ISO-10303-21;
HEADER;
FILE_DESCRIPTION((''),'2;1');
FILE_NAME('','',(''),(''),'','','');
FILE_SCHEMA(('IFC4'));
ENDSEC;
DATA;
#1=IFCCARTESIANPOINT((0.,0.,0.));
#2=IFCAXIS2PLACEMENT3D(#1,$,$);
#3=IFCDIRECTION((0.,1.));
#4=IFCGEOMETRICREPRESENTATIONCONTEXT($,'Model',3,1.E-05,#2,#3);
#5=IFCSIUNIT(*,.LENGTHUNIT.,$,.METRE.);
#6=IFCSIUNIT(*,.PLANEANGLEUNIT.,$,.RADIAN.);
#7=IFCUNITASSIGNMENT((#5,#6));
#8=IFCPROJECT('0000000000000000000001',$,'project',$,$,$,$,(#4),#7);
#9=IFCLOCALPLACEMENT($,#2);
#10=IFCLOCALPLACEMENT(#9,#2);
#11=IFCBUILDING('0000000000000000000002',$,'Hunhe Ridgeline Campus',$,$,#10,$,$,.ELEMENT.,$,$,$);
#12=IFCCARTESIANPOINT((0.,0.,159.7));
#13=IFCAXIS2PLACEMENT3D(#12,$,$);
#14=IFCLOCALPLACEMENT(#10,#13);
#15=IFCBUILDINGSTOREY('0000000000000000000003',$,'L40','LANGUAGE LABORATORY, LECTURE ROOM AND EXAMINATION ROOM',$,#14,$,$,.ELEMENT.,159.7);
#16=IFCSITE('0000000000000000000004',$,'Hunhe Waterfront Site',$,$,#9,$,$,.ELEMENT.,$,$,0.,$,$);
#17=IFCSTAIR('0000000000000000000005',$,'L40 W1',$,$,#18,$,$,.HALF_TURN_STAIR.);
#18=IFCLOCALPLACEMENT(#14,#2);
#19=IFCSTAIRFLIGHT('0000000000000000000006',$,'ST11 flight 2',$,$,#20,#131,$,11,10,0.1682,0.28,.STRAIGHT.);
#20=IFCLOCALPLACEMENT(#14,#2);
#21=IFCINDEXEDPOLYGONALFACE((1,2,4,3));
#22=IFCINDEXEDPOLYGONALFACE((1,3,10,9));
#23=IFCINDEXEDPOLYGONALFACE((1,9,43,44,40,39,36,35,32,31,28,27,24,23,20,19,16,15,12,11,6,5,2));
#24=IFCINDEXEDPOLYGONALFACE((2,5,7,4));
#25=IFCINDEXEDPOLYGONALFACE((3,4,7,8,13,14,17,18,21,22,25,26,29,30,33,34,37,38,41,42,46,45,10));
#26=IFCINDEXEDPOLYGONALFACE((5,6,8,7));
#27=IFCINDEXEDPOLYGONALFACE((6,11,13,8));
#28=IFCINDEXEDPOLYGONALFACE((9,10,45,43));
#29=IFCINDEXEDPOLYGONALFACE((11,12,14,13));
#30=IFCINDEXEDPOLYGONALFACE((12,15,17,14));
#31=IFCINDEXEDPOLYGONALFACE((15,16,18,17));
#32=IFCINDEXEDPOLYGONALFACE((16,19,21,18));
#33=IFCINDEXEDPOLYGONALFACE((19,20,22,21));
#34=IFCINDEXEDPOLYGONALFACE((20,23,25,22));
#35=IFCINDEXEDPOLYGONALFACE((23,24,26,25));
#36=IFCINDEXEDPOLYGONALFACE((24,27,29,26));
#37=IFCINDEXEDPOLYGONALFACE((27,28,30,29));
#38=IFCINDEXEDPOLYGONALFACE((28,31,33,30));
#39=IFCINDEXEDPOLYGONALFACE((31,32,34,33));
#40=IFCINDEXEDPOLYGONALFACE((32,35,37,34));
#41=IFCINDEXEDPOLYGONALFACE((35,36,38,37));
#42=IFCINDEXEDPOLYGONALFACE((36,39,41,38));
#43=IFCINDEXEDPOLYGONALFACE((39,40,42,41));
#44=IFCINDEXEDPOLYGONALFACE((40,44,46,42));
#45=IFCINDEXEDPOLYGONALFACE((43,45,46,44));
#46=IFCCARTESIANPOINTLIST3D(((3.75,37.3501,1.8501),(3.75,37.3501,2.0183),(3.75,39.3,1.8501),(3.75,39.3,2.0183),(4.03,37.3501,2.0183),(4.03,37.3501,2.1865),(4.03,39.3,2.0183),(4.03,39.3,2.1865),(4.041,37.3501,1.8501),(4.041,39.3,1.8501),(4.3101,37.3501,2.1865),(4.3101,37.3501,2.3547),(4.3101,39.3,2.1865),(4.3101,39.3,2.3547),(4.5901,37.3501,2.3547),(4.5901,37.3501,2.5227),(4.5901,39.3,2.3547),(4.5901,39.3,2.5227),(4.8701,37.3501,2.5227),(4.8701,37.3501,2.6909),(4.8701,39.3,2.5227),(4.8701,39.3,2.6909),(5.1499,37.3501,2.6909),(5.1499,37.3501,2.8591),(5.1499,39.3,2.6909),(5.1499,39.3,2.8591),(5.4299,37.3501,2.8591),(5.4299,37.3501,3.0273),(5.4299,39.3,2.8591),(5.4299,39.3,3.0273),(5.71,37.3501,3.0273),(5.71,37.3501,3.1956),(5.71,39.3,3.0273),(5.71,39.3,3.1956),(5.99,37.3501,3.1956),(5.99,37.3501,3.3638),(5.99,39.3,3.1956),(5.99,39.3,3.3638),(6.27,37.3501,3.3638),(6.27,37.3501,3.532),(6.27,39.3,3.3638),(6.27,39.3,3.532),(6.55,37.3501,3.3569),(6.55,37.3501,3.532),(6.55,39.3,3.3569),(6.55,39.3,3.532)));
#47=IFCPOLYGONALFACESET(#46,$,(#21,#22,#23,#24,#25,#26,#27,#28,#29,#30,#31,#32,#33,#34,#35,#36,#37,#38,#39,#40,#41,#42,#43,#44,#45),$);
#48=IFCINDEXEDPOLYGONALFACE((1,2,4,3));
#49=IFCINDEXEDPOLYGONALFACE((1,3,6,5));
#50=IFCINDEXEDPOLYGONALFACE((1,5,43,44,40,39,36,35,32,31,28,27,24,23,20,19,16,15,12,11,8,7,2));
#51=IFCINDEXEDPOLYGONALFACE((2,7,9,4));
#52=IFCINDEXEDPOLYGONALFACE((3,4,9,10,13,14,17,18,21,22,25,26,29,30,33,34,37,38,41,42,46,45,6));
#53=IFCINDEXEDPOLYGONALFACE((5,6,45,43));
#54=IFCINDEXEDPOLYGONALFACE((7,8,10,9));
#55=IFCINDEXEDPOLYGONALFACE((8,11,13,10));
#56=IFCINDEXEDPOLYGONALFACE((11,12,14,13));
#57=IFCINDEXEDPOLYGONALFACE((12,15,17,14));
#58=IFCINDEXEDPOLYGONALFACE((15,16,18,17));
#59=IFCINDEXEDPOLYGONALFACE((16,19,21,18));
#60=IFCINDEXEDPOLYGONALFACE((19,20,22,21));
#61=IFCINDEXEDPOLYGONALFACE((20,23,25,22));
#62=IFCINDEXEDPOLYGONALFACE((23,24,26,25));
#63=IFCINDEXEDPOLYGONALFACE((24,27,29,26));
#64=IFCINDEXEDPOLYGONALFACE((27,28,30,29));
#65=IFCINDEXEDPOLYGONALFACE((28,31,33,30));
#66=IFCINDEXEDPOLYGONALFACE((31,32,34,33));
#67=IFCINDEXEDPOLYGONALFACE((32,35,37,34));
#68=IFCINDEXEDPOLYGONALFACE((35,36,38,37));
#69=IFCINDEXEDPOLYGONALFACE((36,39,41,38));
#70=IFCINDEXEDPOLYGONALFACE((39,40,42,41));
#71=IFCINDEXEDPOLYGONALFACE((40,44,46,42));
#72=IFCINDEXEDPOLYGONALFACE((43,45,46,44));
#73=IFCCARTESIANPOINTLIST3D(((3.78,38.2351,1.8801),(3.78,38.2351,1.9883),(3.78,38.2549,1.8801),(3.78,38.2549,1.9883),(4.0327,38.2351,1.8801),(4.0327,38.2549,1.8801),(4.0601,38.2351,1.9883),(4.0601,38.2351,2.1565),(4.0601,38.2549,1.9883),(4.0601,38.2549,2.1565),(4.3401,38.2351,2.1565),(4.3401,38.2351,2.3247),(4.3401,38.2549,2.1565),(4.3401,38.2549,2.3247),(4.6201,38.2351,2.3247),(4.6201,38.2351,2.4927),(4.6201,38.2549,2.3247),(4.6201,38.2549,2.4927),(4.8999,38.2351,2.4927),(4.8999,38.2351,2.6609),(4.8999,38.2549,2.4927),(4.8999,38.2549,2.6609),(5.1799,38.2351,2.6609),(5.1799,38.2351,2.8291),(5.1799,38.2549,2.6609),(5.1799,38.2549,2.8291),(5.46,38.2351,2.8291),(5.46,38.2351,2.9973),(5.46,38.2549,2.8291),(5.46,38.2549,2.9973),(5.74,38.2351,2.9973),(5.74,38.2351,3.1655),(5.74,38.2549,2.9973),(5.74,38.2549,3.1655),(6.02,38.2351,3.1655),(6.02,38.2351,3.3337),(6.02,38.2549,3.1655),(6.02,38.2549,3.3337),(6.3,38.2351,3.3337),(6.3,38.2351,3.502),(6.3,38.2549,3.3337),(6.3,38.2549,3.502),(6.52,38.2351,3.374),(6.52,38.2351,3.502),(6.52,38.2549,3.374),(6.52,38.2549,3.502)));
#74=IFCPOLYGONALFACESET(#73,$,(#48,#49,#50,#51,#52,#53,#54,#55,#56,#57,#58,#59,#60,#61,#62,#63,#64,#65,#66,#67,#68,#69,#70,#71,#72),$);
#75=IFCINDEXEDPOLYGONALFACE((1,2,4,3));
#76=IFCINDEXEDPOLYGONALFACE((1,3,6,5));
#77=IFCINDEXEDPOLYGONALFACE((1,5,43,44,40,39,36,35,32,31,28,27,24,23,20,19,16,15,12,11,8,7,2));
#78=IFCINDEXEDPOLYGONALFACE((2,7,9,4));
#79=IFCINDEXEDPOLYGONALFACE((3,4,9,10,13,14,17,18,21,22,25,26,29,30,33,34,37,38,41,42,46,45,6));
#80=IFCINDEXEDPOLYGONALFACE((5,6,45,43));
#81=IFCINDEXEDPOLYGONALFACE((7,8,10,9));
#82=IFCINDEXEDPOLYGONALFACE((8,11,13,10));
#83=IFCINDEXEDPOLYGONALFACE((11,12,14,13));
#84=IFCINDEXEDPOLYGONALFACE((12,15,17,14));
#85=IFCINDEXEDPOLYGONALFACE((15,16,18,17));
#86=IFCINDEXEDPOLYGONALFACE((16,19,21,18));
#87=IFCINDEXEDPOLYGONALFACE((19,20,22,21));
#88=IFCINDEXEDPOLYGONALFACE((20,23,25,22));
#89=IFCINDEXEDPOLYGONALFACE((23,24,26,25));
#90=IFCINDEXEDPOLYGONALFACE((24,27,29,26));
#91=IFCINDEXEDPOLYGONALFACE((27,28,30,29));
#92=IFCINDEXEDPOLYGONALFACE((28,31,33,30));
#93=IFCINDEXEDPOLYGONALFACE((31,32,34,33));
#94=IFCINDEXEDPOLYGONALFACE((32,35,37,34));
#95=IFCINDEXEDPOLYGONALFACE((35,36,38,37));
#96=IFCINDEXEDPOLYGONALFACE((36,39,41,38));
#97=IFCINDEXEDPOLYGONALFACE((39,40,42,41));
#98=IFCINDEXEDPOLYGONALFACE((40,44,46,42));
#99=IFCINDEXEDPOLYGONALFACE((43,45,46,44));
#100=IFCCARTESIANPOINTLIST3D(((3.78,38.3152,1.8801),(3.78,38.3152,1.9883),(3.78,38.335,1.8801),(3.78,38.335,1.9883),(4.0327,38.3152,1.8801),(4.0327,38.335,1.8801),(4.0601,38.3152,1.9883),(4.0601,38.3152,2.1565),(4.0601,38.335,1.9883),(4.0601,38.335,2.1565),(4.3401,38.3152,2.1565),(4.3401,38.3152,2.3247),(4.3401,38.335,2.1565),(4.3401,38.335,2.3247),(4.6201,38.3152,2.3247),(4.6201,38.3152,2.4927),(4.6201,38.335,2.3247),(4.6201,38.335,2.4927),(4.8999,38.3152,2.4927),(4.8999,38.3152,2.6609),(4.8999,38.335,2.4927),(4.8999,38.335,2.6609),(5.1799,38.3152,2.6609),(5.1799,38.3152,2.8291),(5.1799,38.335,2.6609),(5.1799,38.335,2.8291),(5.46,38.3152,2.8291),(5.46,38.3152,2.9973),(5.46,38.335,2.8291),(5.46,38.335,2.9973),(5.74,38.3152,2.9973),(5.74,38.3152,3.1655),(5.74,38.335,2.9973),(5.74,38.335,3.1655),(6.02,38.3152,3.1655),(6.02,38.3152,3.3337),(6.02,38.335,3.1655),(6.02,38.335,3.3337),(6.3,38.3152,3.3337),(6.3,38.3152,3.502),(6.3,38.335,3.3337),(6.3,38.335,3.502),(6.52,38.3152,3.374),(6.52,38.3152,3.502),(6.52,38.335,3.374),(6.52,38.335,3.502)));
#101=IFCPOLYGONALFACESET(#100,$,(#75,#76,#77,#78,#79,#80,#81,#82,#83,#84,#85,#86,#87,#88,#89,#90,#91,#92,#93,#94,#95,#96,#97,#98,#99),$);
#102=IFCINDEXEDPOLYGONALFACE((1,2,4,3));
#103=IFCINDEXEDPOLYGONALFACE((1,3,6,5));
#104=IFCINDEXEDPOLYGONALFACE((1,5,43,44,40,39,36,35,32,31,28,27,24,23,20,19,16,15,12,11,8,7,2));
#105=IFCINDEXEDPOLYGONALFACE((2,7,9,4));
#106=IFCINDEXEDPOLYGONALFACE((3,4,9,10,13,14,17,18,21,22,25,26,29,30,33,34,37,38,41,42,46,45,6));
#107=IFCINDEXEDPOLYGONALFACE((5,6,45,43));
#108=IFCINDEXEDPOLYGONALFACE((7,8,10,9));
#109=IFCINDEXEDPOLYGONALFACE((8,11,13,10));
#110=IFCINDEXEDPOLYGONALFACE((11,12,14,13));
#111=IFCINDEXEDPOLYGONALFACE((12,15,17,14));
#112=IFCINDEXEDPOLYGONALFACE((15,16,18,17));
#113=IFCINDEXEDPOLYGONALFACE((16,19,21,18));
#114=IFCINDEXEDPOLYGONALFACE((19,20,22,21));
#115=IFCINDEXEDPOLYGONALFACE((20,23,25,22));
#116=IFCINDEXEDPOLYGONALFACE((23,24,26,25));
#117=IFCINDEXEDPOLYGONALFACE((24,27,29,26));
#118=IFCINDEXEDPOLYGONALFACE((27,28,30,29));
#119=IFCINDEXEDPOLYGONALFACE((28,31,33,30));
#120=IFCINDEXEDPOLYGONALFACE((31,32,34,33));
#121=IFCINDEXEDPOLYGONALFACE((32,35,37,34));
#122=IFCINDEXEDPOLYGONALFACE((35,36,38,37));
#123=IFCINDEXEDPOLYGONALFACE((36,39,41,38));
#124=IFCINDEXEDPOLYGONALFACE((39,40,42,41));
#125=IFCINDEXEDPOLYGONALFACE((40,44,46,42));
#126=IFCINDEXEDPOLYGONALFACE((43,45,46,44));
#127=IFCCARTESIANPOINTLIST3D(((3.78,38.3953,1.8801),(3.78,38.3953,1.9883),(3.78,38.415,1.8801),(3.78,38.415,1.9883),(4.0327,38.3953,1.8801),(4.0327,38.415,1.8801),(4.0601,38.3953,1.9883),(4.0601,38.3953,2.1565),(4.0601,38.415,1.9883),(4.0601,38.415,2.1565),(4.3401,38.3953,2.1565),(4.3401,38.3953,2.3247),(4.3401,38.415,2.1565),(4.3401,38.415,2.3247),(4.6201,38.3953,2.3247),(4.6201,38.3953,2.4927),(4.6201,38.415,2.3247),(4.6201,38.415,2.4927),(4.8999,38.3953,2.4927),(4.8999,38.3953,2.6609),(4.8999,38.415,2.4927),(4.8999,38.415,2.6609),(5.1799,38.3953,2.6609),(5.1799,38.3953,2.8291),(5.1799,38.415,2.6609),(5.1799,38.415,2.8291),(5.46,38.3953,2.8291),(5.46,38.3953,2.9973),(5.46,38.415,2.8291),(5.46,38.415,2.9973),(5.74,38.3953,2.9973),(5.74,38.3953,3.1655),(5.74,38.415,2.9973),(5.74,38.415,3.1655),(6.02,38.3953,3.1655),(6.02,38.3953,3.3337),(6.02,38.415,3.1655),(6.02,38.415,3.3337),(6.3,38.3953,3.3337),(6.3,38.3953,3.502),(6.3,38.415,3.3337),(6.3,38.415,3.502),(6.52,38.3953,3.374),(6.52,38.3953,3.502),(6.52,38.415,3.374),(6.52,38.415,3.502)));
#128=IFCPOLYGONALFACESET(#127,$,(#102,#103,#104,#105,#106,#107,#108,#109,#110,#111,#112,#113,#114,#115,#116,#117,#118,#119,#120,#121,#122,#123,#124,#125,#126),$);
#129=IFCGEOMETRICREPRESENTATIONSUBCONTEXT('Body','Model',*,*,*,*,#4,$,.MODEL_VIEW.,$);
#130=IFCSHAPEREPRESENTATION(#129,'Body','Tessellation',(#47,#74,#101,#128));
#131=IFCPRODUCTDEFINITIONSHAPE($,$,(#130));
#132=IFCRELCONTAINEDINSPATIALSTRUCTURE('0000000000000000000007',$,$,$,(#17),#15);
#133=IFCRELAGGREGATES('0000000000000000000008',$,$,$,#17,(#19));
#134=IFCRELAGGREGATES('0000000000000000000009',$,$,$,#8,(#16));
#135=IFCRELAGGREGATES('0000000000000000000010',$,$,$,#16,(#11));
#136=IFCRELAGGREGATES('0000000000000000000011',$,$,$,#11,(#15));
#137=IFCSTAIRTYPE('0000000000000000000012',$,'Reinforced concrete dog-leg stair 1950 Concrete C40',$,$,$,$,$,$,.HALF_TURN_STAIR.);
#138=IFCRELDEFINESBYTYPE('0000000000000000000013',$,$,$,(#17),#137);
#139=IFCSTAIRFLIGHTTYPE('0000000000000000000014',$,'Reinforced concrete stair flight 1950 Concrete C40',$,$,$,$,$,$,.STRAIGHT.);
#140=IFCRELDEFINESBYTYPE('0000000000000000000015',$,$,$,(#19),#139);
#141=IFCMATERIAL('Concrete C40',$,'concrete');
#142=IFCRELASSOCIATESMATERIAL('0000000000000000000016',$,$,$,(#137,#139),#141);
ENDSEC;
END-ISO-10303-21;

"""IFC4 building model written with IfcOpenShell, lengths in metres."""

from ifc_helpers import new_model, si_unit, direction, frame, origin, place, context, subcontext, project, spatial, polyline, outline, extrude, material, type_object, element, aggregate, save


model = new_model("IFC4")

# Units and contexts
model_context = context("Model", 3, precision=1e-05, world=origin(), true_north=direction((0.0, 1.0)))
body_context = subcontext(model_context, "Body", "Model", "MODEL_VIEW")
ifc_project = project(units=[si_unit("LENGTHUNIT", "METRE"), si_unit("PLANEANGLEUNIT", "RADIAN")], contexts=[model_context])

# Site, building, storey
site_placement = place(None, origin())
site = spatial("IfcSite", under=ifc_project, at=site_placement, Name="Hunhe Waterfront Site", CompositionType="ELEMENT", RefElevation=0.0)
building_placement = place(site_placement, origin())
building = spatial("IfcBuilding", under=site, at=building_placement, Name="Hunhe Ridgeline Campus", CompositionType="ELEMENT")
storey_placement = place(building_placement, frame((0.0, 0.0, 159.7)))
storey = spatial("IfcBuildingStorey", under=building, at=storey_placement, Name="L40", Description="LANGUAGE LABORATORY, LECTURE ROOM AND EXAMINATION ROOM", CompositionType="ELEMENT", Elevation=159.7)

# Stair, stair flight
ifc_material_1 = material(Name="Concrete C40", Category="concrete")
stair_type = type_object("IfcStairType", Name="Reinforced concrete dog-leg stair 1950 Concrete C40", PredefinedType="HALF_TURN_STAIR", material=ifc_material_1)
stair_placement = place(storey_placement, origin())
stair = element("IfcStair", 1, at=stair_placement, inside=storey, type_object=stair_type, Name="L40 W1", PredefinedType="HALF_TURN_STAIR")
stair_flight_type = type_object("IfcStairFlightType", Name="Reinforced concrete stair flight 1950 Concrete C40", PredefinedType="STRAIGHT", material=ifc_material_1)
stair_flight_1_placement = place(storey_placement, frame((3.75, 38.325, 1.8501), z_axis=(0.0, 0.0, 1.0), x_axis=(1.0, 0.0, 0.0)))
stair_flight_1 = element("IfcStairFlight", 2, at=stair_flight_1_placement, type_object=stair_flight_type, Name="ST11 flight 2", NumberOfRisers=11, NumberOfTreads=10, PredefinedType="STRAIGHT", RiserHeight=0.1682, TreadLength=0.28, context=body_context, shape_type="SweptSolid", body=[
    extrude(outline(polyline([(0.0, 0.0), (0.0, 0.1682), (0.28, 0.1682), (0.28, 0.3364), (0.5601, 0.3364), (0.5601, 0.5046), (0.8401, 0.5046), (0.8401, 0.6726), (1.1201, 0.6726), (1.1201, 0.8408), (1.3999, 0.8408), (1.3999, 1.009), (1.6799, 1.009), (1.6799, 1.1772), (1.96, 1.1772), (1.96, 1.3455), (2.24, 1.3455), (2.24, 1.5137), (2.52, 1.5137), (2.52, 1.6819), (2.8, 1.6819), (2.8, 1.8501), (2.8, 1.5068), (0.291, 0.0), (0.0, 0.0)])), frame((0.0, 0.9751, 0.0), z_axis=(0.0, -1.0, 0.0), x_axis=(1.0, 0.0, 0.0)), (0.0, 0.0, 1.0), 1.95),
    extrude(outline(polyline([(0.03, 0.03), (0.03, 0.1382), (0.3101, 0.1382), (0.3101, 0.3064), (0.5901, 0.3064), (0.5901, 0.4746), (0.8701, 0.4746), (0.8701, 0.6426), (1.1499, 0.6426), (1.1499, 0.8108), (1.4299, 0.8108), (1.4299, 0.979), (1.71, 0.979), (1.71, 1.1472), (1.99, 1.1472), (1.99, 1.3154), (2.27, 1.3154), (2.27, 1.4836), (2.55, 1.4836), (2.55, 1.6519), (2.77, 1.6519), (2.77, 1.5239), (0.2827, 0.03), (0.03, 0.03)])), frame((0.0, -0.0701, 0.0), z_axis=(0.0, -1.0, 0.0), x_axis=(1.0, 0.0, 0.0)), (0.0, 0.0, 1.0), 0.0198),
    extrude(outline(polyline([(0.03, 0.03), (0.03, 0.1382), (0.3101, 0.1382), (0.3101, 0.3064), (0.5901, 0.3064), (0.5901, 0.4746), (0.8701, 0.4746), (0.8701, 0.6426), (1.1499, 0.6426), (1.1499, 0.8108), (1.4299, 0.8108), (1.4299, 0.979), (1.71, 0.979), (1.71, 1.1472), (1.99, 1.1472), (1.99, 1.3154), (2.27, 1.3154), (2.27, 1.4836), (2.55, 1.4836), (2.55, 1.6519), (2.77, 1.6519), (2.77, 1.5239), (0.2827, 0.03), (0.03, 0.03)])), frame((0.0, 0.01, 0.0), z_axis=(0.0, -1.0, 0.0), x_axis=(1.0, 0.0, 0.0)), (0.0, 0.0, 1.0), 0.0198),
    extrude(outline(polyline([(0.03, 0.03), (0.03, 0.1382), (0.3101, 0.1382), (0.3101, 0.3064), (0.5901, 0.3064), (0.5901, 0.4746), (0.8701, 0.4746), (0.8701, 0.6426), (1.1499, 0.6426), (1.1499, 0.8108), (1.4299, 0.8108), (1.4299, 0.979), (1.71, 0.979), (1.71, 1.1472), (1.99, 1.1472), (1.99, 1.3154), (2.27, 1.3154), (2.27, 1.4836), (2.55, 1.4836), (2.55, 1.6519), (2.77, 1.6519), (2.77, 1.5239), (0.2827, 0.03), (0.03, 0.03)])), frame((0.0, 0.0901, 0.0), z_axis=(0.0, -1.0, 0.0), x_axis=(1.0, 0.0, 0.0)), (0.0, 0.0, 1.0), 0.0198),
])
aggregate(stair, [stair_flight_1])

save(model, "model.ifc")
